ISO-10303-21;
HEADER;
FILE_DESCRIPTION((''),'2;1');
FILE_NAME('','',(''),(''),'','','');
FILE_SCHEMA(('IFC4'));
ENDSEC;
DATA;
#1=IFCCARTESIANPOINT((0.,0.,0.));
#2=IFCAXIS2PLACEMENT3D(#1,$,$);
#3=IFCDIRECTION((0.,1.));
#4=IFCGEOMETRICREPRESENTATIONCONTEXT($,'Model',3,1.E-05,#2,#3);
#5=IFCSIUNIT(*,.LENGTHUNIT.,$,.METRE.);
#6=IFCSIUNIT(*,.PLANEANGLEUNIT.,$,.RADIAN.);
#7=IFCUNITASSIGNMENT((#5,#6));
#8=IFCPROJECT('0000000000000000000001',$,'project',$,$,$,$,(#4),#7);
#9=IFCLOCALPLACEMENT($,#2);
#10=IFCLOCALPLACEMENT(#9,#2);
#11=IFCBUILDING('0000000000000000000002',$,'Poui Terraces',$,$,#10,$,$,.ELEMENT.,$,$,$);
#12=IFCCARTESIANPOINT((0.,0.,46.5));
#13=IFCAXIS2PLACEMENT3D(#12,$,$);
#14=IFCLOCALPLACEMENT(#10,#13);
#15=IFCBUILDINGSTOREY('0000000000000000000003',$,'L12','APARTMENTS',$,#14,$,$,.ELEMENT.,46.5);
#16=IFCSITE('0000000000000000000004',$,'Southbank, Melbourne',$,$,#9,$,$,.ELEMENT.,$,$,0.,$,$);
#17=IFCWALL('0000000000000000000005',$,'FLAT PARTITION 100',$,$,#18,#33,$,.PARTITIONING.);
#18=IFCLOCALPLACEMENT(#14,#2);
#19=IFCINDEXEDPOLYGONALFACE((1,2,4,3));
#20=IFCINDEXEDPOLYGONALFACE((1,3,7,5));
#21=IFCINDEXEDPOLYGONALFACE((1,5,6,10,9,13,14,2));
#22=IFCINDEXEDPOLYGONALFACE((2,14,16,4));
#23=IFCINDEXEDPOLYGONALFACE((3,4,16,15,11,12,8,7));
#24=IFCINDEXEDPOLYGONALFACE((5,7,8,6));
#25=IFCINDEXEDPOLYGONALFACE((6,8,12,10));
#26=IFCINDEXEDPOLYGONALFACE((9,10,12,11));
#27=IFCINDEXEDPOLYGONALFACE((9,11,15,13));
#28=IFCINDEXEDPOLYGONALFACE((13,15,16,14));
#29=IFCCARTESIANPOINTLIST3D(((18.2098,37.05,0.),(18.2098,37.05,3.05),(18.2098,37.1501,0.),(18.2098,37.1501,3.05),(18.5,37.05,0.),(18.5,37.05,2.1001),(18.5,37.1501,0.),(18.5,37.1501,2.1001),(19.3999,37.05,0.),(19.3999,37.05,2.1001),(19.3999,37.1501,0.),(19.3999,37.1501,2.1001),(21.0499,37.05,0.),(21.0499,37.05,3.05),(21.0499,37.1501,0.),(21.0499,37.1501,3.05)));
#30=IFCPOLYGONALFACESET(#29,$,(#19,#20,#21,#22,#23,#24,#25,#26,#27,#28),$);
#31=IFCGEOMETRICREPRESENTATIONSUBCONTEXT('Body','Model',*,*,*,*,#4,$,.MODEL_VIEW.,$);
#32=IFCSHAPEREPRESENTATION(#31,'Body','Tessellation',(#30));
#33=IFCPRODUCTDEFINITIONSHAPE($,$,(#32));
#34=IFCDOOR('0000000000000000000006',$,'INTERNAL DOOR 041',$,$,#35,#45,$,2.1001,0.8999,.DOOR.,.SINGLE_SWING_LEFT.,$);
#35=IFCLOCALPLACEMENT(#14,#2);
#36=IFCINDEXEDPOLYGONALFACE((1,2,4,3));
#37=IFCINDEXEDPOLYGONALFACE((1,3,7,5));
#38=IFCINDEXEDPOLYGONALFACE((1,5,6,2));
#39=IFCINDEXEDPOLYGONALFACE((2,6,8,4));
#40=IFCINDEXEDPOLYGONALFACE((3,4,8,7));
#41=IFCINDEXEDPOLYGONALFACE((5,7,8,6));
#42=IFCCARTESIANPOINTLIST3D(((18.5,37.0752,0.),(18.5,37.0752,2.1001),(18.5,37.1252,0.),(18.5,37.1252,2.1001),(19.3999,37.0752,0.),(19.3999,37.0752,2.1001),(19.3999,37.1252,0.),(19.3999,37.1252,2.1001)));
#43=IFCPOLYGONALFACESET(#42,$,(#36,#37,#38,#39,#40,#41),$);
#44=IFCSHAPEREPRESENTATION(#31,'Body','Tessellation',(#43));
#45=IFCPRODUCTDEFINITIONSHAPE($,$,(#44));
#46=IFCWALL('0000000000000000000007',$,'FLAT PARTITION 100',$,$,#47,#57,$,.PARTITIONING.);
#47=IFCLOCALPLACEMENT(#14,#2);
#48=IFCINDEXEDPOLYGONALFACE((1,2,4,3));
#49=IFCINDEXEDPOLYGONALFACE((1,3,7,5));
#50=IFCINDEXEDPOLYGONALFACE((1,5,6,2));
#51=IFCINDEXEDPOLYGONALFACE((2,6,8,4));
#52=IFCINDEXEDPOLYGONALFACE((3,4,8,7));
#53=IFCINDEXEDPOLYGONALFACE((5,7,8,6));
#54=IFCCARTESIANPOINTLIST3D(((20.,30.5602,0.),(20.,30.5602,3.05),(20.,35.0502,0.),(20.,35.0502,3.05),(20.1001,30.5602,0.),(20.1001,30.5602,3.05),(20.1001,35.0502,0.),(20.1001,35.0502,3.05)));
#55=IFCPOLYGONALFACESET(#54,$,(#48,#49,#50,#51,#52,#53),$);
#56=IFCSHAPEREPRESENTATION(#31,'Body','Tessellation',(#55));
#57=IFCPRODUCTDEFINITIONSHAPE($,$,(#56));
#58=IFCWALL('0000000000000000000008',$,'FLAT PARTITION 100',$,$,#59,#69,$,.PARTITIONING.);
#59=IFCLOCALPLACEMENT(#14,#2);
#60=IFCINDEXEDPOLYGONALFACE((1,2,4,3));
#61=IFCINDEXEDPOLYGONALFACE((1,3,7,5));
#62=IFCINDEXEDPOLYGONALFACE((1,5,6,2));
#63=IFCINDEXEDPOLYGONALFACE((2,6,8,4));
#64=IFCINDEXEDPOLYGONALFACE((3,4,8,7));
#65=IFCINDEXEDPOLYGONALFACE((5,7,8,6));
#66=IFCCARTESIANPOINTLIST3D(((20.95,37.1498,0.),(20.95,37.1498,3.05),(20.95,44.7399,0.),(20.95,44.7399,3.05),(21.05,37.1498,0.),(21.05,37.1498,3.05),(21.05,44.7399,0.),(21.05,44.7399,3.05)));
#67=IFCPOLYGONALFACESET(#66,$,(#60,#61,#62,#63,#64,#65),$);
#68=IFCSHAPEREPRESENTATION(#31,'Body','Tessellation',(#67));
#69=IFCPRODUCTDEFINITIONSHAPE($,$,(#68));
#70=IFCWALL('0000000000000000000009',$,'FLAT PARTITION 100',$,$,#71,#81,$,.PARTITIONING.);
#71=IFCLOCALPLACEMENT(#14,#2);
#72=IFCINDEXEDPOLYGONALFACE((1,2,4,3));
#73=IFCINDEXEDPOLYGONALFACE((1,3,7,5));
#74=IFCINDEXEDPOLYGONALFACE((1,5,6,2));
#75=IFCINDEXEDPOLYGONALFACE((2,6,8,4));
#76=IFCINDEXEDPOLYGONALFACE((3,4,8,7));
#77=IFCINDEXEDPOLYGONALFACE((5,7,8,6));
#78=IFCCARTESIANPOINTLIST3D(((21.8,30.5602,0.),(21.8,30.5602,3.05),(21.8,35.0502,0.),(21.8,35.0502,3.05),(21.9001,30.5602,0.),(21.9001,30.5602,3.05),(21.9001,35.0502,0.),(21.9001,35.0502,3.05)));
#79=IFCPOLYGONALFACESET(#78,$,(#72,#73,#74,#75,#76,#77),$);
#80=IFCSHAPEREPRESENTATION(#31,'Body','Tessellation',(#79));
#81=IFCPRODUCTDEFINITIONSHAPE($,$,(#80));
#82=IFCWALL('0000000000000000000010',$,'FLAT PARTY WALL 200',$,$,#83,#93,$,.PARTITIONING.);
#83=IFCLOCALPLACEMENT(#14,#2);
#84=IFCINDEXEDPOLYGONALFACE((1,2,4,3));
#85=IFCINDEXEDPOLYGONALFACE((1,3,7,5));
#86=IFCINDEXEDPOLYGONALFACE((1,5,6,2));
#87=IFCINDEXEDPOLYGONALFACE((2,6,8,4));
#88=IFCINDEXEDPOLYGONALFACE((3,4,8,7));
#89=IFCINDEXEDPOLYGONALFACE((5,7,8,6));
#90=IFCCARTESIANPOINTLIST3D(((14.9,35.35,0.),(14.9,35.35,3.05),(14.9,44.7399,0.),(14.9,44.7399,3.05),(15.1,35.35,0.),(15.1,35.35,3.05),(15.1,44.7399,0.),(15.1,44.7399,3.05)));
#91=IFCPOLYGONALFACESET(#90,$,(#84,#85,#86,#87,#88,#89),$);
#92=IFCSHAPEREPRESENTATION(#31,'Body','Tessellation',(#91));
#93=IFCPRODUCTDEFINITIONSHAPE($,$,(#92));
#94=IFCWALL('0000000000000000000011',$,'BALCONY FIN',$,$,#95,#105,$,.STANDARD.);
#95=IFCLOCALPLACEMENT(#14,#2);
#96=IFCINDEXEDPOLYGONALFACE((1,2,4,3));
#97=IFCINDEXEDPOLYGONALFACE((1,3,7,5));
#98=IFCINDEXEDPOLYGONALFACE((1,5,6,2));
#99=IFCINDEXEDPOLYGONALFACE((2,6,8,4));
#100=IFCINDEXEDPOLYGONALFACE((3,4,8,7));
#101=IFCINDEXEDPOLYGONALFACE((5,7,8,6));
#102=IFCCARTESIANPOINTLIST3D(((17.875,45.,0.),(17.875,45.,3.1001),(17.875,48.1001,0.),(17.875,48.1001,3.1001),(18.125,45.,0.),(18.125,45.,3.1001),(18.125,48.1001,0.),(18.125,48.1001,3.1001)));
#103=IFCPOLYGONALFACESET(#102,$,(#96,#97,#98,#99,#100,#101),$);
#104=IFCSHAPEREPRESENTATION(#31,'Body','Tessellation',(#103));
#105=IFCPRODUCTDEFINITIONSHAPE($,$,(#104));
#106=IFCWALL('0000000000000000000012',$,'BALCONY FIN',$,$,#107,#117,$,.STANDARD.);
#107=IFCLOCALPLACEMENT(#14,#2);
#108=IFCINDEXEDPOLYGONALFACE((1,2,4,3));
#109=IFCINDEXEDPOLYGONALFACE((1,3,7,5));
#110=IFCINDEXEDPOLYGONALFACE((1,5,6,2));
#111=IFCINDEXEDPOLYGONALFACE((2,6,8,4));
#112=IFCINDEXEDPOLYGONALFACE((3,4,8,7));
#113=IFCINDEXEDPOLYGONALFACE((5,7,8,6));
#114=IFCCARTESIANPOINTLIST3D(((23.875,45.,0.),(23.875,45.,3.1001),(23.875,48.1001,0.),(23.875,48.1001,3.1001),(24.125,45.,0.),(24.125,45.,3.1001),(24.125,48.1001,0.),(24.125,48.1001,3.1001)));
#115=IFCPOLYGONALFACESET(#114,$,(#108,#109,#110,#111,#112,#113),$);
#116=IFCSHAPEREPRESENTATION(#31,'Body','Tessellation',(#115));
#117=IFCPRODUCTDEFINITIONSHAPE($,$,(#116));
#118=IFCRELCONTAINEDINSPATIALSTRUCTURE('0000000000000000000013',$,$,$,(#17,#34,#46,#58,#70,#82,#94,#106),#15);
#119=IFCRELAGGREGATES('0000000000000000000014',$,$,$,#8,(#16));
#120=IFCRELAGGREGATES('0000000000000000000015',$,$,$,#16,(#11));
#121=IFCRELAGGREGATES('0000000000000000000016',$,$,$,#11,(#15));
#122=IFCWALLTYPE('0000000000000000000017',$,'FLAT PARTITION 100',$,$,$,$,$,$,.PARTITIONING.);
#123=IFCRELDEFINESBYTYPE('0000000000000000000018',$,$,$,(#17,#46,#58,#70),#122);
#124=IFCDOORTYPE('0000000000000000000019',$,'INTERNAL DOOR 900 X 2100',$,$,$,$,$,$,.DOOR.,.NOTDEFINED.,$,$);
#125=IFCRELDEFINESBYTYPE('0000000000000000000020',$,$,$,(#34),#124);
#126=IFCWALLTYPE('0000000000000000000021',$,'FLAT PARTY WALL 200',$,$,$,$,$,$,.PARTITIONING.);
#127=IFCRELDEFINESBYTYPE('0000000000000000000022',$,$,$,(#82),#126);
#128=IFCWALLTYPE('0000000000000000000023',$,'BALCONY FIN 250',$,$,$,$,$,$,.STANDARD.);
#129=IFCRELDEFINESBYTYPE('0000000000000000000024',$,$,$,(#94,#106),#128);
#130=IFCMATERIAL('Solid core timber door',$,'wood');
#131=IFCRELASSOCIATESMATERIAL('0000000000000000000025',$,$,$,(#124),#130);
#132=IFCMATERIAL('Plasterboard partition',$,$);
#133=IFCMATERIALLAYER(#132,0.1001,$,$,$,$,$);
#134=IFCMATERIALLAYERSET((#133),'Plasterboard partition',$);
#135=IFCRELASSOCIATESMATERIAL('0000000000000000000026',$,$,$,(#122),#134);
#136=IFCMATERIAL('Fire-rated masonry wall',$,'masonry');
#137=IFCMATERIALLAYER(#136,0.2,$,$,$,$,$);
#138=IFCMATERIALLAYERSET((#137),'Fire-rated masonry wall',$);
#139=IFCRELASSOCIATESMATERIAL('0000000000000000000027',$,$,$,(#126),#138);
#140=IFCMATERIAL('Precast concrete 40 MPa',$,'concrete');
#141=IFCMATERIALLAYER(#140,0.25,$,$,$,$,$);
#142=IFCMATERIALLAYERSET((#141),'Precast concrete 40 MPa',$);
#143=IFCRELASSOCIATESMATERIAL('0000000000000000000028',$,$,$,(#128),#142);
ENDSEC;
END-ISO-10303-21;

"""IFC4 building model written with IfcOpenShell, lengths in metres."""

from ifc_helpers import new_model, si_unit, direction, frame, frame_2d, origin, place, context, subcontext, project, spatial, polyline, rectangle, outline, extrude, source, transform, mapped, material, layer, layer_set, type_object, element, fill, save


model = new_model("IFC4")

# Units and contexts
model_context = context("Model", 3, precision=1e-05, world=origin(), true_north=direction((0.0, 1.0)))
body_context = subcontext(model_context, "Body", "Model", "MODEL_VIEW")
ifc_project = project(units=[si_unit("LENGTHUNIT", "METRE"), si_unit("PLANEANGLEUNIT", "RADIAN")], contexts=[model_context])

# Site, building, storey
site_placement = place(None, origin())
site = spatial("IfcSite", under=ifc_project, at=site_placement, Name="Southbank, Melbourne", CompositionType="ELEMENT", RefElevation=0.0)
building_placement = place(site_placement, origin())
building = spatial("IfcBuilding", under=site, at=building_placement, Name="Poui Terraces", CompositionType="ELEMENT")
storey_placement = place(building_placement, frame((0.0, 0.0, 46.5)))
storey = spatial("IfcBuildingStorey", under=building, at=storey_placement, Name="L12", Description="APARTMENTS", CompositionType="ELEMENT", Elevation=46.5)

# Wall, opening, door
ifc_material_1 = material(Name="Solid core timber door", Category="wood")
door_type_1 = type_object("IfcDoorType", Name="INTERNAL DOOR 900 X 2100", OperationType="NOTDEFINED", PredefinedType="DOOR", material=ifc_material_1)
ifc_material_2 = material(Name="Plasterboard partition")
ifc_layer_1 = layer(ifc_material_2, 0.1001)
ifc_layer_set_1 = layer_set([ifc_layer_1], Name="Plasterboard partition")
wall_type_1 = type_object("IfcWallType", Name="FLAT PARTITION 100", PredefinedType="PARTITIONING", material=ifc_layer_set_1)
wall_1_placement = place(storey_placement, frame((18.21, 37.1001, 0.0), z_axis=(0.0, 0.0, 1.0), x_axis=(1.0, 0.0, 0.0)))
wall_1 = element("IfcWall", 1, at=wall_1_placement, inside=storey, type_object=wall_type_1, Name="FLAT PARTITION 100", PredefinedType="PARTITIONING", context=body_context, shape_type="SweptSolid", body=[
    extrude(rectangle(XDim=2.8401, YDim=0.1001, at=frame_2d((1.4199, 0.0))), origin(), (0.0, 0.0, 1.0), 3.05),
])
opening_1_placement = place(wall_1_placement, frame((0.29, 0.0, 0.0)))
opening_1 = element("IfcOpeningElement", 2, at=opening_1_placement, cuts=wall_1, PredefinedType="OPENING", context=body_context, shape_type="SweptSolid", body=[
    extrude(rectangle(XDim=0.8999, YDim=2.1001, at=frame_2d((0.45, 1.05))), frame((0.0, 0.0601, 0.0), z_axis=(0.0, -1.0, 0.0), x_axis=(1.0, 0.0, 0.0)), (0.0, 0.0, 1.0), 0.1201),
])
door_1_placement = place(opening_1_placement, frame((0.8999, 0.0, 0.0), z_axis=(0.0, 0.0, 1.0), x_axis=(-1.0, 0.0, 0.0)))
door_1 = element("IfcDoor", 3, at=door_1_placement, inside=storey, type_object=door_type_1, Name="INTERNAL DOOR 041", OperationType="SINGLE_SWING_LEFT", OverallHeight=2.1001, OverallWidth=0.8999, PredefinedType="DOOR", context=body_context, shape_type="SweptSolid", body=[
    extrude(rectangle(XDim=0.8999, YDim=2.1001, at=frame_2d((0.45, 1.05))), frame((0.0, 0.0249, 0.0), z_axis=(0.0, -1.0, 0.0), x_axis=(1.0, 0.0, 0.0)), (0.0, 0.0, 1.0), 0.05),
])
fill(opening_1, door_1)

# Walls
wall_2_placement = place(storey_placement, frame((20.05, 30.5601, 0.0), z_axis=(0.0, 0.0, 1.0), x_axis=(0.0, 1.0, 0.0)))
element("IfcWall", 4, at=wall_2_placement, inside=storey, type_object=wall_type_1, Name="FLAT PARTITION 100", PredefinedType="PARTITIONING", context=body_context, shape_type="SweptSolid", body=[
    extrude(rectangle(XDim=4.49, YDim=0.1001, at=frame_2d((2.2451, 0.0))), origin(), (0.0, 0.0, 1.0), 3.05),
])
wall_3_placement = place(storey_placement, frame((21.0, 37.1499, 0.0), z_axis=(0.0, 0.0, 1.0), x_axis=(0.0, 1.0, 0.0)))
element("IfcWall", 5, at=wall_3_placement, inside=storey, type_object=wall_type_1, Name="FLAT PARTITION 100", PredefinedType="PARTITIONING", context=body_context, shape_type="SweptSolid", body=[
    extrude(rectangle(XDim=7.5901, YDim=0.1001, at=frame_2d((3.7949, 0.0))), origin(), (0.0, 0.0, 1.0), 3.05),
])
wall_4_placement = place(storey_placement, frame((21.8501, 30.5601, 0.0), z_axis=(0.0, 0.0, 1.0), x_axis=(0.0, 1.0, 0.0)))
element("IfcWall", 6, at=wall_4_placement, inside=storey, type_object=wall_type_1, Name="FLAT PARTITION 100", PredefinedType="PARTITIONING", context=body_context, shape_type="SweptSolid", body=[
    extrude(rectangle(XDim=4.49, YDim=0.1001, at=frame_2d((2.2451, 0.0))), origin(), (0.0, 0.0, 1.0), 3.05),
])
ifc_material_3 = material(Name="Fire-rated masonry wall", Category="masonry")
ifc_layer_2 = layer(ifc_material_3, 0.2)
ifc_layer_set_2 = layer_set([ifc_layer_2], Name="Fire-rated masonry wall")
wall_type_2 = type_object("IfcWallType", Name="FLAT PARTY WALL 200", PredefinedType="PARTITIONING", material=ifc_layer_set_2)
wall_5_placement = place(storey_placement, frame((15.0, 35.3501, 0.0), z_axis=(0.0, 0.0, 1.0), x_axis=(0.0, 1.0, 0.0)))
element("IfcWall", 7, at=wall_5_placement, inside=storey, type_object=wall_type_2, Name="FLAT PARTY WALL 200", PredefinedType="PARTITIONING", context=body_context, shape_type="SweptSolid", body=[
    extrude(rectangle(XDim=9.3899, YDim=0.2, at=frame_2d((4.6948, 0.0))), origin(), (0.0, 0.0, 1.0), 3.05),
])
ifc_material_4 = material(Name="Precast concrete 40 MPa", Category="concrete")
ifc_layer_3 = layer(ifc_material_4, 0.25)
ifc_layer_set_3 = layer_set([ifc_layer_3], Name="Precast concrete 40 MPa")
wall_type_3 = type_object("IfcWallType", Name="BALCONY FIN 250", PredefinedType="STANDARD", material=ifc_layer_set_3)
shared_shape_1 = source(origin(), body_context, "Body", "SweptSolid", [
    extrude(outline(polyline([(0.0, 0.0), (0.25, 0.0), (0.25, 3.1001), (0.0, 3.1001), (0.0, 0.0)])), origin(), (0.0, 0.0, 1.0), 3.1001),
])
for number, where, name in (
    (8, (17.875, 45.0, 0.0), "BALCONY FIN"),
    (9, (23.875, 45.0, 0.0), "BALCONY FIN"),
):
    element("IfcWall", number, at=place(storey_placement, frame(where)), inside=storey, type_object=wall_type_3, Name=name, PredefinedType="STANDARD", context=body_context, shape_type="MappedRepresentation", body=[
        mapped(shared_shape_1, transform((0.0, 0.0, 0.0))),
    ])

save(model, "model.ifc")
